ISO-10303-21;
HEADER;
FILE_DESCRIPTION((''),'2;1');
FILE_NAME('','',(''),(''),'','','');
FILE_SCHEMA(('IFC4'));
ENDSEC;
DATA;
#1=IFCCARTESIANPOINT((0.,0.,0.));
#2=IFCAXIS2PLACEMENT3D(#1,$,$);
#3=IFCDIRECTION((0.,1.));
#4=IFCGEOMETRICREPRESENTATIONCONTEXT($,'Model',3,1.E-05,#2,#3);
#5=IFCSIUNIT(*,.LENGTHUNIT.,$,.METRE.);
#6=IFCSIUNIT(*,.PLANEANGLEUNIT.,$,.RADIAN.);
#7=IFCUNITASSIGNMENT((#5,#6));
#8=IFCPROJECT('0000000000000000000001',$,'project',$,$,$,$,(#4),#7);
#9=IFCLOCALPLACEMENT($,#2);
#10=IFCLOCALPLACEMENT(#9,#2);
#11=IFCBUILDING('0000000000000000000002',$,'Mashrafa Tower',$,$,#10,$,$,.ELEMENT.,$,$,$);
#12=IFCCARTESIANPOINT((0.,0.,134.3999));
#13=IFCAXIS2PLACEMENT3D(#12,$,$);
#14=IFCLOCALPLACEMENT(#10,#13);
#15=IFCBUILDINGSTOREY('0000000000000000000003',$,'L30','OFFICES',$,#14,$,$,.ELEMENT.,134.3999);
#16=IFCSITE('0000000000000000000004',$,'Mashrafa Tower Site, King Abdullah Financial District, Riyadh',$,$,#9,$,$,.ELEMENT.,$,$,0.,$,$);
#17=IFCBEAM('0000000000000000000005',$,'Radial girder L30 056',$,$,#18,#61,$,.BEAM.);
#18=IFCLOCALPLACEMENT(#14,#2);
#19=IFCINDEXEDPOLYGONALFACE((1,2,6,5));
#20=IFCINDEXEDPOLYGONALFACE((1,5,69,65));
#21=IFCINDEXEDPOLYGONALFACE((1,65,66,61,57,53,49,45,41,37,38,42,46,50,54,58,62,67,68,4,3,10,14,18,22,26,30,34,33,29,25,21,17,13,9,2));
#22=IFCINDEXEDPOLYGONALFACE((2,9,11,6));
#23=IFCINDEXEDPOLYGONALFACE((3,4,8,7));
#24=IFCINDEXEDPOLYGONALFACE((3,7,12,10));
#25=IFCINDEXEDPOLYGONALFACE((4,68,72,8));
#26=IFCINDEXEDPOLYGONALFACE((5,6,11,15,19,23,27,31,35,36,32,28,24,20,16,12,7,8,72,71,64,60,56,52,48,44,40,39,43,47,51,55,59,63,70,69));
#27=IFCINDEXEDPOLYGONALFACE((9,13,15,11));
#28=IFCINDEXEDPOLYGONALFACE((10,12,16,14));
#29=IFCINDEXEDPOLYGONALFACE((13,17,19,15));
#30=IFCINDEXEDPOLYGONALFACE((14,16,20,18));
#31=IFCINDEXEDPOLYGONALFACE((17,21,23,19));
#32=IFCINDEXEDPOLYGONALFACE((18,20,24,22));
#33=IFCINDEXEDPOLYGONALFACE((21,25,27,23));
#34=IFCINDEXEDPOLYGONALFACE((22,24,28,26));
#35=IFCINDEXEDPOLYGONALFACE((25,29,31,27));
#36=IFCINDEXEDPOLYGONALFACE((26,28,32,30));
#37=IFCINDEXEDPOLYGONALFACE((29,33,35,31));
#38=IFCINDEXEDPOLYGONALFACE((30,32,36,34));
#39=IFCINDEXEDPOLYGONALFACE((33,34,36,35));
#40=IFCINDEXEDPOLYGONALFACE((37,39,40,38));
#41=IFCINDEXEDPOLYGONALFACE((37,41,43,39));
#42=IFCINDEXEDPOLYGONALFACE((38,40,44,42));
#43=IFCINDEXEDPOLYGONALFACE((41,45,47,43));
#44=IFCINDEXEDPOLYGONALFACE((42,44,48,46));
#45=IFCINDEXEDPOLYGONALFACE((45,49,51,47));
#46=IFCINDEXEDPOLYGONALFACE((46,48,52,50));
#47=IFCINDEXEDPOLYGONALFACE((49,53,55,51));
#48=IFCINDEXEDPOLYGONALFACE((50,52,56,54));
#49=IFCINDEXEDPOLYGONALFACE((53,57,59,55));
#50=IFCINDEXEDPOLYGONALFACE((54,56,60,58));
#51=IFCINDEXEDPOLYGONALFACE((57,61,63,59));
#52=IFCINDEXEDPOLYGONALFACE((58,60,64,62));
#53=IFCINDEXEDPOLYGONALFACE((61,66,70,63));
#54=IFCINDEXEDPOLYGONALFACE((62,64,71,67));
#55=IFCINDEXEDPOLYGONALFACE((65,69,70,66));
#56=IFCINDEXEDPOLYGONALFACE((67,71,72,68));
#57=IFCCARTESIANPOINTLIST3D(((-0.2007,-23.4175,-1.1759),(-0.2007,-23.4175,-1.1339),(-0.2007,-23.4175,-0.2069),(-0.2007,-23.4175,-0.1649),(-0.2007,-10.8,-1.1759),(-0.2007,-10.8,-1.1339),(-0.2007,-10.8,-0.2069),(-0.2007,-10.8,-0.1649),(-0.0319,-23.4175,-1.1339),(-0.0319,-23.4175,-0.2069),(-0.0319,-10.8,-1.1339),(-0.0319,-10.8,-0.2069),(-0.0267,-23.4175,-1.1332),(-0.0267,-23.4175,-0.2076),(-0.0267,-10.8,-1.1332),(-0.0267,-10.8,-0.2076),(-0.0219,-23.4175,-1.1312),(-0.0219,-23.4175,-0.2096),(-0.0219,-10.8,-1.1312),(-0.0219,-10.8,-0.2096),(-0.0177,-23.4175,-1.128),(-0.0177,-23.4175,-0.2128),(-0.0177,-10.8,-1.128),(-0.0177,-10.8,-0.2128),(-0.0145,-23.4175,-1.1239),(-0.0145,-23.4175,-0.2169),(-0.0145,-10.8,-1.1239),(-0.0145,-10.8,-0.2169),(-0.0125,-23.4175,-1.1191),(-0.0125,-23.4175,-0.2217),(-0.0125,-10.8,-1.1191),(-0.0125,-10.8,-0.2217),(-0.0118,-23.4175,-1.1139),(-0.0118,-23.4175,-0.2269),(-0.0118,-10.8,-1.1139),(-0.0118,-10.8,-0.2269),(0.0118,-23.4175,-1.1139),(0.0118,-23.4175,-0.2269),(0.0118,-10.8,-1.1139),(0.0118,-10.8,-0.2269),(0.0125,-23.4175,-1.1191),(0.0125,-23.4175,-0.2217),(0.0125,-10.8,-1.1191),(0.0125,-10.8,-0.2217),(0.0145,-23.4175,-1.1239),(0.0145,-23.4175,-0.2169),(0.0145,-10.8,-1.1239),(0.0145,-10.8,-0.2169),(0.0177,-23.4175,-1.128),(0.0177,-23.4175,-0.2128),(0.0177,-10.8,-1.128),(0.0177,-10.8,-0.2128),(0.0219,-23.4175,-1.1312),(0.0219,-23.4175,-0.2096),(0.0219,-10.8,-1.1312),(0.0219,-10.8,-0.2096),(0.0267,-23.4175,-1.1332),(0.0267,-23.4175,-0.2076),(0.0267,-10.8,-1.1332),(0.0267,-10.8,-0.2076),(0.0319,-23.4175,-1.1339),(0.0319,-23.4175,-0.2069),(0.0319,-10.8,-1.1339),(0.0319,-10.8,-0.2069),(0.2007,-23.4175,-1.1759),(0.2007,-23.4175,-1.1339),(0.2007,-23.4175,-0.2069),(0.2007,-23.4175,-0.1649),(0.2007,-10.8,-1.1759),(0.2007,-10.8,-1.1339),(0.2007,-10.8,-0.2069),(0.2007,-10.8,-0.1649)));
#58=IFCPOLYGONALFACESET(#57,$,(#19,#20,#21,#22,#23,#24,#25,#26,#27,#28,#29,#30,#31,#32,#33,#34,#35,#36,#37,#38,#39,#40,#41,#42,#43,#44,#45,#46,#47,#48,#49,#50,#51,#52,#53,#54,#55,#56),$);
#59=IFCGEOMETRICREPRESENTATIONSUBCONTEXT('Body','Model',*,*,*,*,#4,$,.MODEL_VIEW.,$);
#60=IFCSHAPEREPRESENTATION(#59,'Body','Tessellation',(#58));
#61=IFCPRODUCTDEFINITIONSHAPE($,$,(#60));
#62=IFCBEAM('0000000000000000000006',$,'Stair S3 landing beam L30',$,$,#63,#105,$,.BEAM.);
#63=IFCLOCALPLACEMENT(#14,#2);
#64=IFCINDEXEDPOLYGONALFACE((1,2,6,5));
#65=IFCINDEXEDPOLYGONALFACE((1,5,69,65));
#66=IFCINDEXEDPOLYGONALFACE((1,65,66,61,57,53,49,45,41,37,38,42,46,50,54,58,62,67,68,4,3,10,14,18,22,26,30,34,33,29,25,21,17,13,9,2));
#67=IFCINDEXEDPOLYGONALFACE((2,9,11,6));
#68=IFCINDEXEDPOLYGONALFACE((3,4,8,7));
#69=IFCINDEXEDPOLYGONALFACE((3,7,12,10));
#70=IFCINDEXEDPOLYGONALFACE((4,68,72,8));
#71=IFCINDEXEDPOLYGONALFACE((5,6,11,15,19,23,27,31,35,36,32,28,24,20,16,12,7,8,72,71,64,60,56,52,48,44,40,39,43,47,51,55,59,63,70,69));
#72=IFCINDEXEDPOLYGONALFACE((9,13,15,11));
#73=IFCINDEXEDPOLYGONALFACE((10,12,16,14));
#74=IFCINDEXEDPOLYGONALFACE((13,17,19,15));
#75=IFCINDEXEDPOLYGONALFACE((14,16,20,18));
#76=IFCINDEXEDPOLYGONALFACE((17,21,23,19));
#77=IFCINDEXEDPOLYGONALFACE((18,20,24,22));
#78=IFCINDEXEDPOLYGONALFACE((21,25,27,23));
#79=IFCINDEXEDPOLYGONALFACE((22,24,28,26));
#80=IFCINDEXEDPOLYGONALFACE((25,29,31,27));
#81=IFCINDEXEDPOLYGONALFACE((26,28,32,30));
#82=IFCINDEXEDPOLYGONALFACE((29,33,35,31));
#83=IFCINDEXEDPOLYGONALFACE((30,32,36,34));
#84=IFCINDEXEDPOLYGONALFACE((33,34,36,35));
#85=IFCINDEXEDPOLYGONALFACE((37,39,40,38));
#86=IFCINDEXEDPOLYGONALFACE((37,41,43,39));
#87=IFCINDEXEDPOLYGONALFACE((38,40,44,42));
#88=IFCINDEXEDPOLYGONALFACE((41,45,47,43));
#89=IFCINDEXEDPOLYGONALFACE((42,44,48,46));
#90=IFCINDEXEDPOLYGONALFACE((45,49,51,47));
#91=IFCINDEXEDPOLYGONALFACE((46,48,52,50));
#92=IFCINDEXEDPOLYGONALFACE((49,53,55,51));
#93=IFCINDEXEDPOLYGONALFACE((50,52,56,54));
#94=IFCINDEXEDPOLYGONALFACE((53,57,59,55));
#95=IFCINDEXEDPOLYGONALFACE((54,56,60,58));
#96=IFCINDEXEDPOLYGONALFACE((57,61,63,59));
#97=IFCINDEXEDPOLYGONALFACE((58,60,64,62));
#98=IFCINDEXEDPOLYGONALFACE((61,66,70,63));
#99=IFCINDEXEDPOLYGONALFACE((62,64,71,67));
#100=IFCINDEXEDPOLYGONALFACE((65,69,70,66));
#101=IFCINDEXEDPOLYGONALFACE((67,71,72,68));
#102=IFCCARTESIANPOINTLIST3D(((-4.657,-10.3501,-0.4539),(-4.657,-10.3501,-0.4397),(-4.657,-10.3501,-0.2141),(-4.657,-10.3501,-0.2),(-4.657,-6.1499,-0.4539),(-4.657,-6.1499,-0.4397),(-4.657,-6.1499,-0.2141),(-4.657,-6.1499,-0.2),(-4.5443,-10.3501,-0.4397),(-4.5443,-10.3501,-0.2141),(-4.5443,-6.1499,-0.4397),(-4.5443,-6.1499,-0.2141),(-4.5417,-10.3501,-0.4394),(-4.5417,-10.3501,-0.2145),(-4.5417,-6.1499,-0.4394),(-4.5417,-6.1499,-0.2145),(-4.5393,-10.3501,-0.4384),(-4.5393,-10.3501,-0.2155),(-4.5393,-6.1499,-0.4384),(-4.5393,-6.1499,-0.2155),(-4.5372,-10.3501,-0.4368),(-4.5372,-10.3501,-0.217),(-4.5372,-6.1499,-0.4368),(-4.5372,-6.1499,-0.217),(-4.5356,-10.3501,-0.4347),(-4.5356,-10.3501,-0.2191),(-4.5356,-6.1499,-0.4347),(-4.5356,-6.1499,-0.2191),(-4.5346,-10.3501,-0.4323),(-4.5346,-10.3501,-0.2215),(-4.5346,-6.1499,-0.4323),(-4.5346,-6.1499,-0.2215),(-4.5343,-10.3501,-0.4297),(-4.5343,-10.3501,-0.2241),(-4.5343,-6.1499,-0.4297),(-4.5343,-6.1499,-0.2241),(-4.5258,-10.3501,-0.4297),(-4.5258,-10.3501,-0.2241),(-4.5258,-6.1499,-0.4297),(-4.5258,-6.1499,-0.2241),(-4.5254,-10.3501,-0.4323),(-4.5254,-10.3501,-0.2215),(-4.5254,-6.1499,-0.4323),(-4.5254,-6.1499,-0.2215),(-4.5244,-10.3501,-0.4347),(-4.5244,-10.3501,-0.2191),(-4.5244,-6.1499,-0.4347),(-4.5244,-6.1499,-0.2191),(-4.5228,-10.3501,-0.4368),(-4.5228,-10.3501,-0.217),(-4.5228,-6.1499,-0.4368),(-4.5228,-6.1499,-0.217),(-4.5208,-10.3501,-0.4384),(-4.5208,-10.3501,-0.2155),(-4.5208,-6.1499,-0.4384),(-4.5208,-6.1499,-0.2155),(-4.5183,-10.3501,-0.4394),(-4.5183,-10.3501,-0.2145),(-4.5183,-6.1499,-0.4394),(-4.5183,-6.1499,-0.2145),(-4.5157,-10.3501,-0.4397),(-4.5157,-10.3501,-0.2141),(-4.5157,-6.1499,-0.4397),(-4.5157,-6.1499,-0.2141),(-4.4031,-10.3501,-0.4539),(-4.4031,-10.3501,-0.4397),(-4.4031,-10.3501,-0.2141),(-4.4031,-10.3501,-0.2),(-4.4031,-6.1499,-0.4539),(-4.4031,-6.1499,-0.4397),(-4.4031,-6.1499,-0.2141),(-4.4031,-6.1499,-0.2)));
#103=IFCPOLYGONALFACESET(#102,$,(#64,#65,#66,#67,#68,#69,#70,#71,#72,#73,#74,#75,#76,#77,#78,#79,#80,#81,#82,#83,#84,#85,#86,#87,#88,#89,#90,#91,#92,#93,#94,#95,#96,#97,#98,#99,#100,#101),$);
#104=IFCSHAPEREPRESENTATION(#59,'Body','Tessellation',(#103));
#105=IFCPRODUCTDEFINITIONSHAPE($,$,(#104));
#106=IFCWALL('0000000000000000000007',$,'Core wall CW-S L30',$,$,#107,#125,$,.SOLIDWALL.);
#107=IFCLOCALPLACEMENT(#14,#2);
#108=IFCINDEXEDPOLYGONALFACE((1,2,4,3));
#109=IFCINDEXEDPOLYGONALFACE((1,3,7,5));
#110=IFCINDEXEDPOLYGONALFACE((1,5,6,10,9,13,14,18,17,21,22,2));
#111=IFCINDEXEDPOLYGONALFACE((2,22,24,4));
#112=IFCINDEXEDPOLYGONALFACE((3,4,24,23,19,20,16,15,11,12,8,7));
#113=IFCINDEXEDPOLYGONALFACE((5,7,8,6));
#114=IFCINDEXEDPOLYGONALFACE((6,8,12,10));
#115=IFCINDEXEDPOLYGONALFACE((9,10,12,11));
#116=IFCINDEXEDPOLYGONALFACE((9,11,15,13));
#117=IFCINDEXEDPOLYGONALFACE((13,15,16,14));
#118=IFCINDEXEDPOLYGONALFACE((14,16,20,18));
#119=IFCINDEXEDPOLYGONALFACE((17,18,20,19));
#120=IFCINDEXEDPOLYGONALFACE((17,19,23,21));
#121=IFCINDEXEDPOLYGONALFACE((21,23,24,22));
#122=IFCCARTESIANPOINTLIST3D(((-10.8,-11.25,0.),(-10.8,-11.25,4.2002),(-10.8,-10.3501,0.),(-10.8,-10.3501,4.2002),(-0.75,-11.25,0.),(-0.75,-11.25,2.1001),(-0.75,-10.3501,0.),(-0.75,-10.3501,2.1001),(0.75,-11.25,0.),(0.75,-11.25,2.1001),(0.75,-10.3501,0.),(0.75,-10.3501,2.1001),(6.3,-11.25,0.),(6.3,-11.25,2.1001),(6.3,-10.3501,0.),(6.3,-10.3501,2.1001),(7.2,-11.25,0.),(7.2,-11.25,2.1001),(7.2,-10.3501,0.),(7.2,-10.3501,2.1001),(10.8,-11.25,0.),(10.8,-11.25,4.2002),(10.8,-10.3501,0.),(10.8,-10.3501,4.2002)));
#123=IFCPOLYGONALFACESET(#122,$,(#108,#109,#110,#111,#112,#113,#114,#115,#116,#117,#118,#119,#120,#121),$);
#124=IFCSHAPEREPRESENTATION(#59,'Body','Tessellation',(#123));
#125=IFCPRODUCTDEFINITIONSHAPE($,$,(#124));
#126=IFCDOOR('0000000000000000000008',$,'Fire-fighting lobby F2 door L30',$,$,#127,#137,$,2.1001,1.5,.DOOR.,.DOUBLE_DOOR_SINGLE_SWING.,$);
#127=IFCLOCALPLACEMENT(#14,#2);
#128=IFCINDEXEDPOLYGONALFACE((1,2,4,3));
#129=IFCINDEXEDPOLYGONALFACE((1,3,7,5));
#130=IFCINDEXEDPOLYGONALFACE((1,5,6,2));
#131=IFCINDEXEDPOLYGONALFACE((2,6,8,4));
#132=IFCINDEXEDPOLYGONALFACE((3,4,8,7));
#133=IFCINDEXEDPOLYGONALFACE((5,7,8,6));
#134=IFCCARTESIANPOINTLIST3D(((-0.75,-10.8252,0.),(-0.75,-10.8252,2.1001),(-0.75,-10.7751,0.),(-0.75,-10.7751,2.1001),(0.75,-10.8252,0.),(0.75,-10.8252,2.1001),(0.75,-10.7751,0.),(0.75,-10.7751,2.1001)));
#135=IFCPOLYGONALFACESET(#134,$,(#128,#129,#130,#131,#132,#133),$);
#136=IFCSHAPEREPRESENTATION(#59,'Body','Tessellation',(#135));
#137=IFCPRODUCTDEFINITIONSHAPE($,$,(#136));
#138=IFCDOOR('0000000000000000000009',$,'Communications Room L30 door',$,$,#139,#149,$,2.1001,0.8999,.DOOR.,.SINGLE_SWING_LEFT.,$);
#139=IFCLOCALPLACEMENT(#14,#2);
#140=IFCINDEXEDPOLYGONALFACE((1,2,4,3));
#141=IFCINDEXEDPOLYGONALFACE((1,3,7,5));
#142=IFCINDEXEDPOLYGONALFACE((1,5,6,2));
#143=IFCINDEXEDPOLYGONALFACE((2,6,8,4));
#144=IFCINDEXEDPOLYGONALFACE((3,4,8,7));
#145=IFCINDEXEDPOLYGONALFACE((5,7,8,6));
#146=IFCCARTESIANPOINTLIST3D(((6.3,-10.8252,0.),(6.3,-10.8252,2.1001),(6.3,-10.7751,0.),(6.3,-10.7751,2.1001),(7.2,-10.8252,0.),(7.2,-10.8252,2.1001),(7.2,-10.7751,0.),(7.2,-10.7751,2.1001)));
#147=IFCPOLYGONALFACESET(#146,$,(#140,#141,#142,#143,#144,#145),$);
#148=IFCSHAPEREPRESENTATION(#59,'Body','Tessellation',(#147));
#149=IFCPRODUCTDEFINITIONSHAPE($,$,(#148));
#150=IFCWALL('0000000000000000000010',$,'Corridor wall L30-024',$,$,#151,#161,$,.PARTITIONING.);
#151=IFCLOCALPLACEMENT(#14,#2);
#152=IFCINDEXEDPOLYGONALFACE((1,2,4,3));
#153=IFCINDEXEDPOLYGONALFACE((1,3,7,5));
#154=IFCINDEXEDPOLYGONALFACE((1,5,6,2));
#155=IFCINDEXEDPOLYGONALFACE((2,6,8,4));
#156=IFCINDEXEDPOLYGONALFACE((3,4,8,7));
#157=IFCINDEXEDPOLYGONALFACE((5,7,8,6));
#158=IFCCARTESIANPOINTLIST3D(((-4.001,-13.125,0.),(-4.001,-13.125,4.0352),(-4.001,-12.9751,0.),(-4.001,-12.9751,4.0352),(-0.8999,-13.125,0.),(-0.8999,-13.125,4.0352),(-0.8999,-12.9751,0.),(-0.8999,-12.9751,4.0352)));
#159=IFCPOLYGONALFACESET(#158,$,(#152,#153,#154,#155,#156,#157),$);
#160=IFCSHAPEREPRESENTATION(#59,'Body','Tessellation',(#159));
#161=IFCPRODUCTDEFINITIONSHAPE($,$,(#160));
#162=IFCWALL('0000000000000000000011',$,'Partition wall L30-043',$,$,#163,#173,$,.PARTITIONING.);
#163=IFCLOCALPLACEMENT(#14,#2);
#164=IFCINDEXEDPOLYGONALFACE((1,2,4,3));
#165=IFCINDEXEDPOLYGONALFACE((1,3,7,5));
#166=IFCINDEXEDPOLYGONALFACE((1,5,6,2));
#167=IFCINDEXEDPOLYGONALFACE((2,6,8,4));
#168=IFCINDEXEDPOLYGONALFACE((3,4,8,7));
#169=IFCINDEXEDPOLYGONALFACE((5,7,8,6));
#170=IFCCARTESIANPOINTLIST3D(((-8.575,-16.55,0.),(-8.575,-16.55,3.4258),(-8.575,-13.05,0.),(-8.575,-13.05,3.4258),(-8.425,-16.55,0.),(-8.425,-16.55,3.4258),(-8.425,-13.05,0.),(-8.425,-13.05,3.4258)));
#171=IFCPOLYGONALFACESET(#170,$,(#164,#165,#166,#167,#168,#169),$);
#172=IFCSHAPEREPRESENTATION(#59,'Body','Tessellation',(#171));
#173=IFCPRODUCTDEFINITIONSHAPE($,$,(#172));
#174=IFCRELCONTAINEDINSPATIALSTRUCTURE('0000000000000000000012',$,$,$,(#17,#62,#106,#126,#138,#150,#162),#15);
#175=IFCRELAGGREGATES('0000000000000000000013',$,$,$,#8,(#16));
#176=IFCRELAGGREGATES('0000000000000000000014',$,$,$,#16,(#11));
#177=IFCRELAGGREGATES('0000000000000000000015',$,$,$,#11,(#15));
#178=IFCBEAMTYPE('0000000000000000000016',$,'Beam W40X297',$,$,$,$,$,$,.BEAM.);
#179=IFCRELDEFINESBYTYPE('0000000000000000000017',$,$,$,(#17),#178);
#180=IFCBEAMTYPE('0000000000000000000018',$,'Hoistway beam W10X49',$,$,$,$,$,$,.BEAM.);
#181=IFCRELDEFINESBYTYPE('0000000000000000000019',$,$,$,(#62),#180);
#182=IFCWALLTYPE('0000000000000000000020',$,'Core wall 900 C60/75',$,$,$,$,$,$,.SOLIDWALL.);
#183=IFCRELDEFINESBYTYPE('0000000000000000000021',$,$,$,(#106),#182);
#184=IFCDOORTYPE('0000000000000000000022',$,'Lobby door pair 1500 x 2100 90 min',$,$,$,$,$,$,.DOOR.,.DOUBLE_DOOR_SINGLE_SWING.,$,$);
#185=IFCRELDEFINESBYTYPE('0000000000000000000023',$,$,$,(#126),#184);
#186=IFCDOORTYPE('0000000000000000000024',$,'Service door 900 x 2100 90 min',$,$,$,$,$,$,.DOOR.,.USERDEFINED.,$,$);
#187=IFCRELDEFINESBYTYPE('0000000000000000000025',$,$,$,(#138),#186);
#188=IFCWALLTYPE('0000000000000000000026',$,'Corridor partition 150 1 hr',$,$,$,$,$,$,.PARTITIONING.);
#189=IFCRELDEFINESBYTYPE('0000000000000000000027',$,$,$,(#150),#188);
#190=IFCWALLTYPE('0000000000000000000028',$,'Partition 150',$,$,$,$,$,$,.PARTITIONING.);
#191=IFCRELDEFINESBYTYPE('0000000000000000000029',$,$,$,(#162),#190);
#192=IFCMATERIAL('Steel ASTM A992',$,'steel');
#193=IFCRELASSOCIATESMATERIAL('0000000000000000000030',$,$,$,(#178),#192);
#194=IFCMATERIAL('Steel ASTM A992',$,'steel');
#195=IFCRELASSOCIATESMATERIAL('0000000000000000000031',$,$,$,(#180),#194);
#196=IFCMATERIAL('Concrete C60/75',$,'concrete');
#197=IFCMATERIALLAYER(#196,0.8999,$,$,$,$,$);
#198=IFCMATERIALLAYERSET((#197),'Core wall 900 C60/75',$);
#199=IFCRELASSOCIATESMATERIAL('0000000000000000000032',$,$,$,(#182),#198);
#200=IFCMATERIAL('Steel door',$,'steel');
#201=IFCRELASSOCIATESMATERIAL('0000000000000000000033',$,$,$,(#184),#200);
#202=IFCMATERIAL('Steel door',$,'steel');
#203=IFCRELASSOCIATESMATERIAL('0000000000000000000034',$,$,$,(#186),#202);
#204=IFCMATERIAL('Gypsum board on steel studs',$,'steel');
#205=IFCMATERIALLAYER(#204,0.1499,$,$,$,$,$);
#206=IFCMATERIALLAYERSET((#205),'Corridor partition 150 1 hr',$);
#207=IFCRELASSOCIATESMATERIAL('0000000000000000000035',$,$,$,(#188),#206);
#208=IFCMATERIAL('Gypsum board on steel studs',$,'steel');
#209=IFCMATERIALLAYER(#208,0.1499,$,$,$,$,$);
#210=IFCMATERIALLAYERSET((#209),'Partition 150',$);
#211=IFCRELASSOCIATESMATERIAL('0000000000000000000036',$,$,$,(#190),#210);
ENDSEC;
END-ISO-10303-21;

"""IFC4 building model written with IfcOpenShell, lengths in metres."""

from ifc_helpers import new_model, si_unit, direction, frame, frame_2d, origin, origin_2d, place, context, subcontext, project, spatial, rectangle, i_section, extrude, material, layer, layer_set, material_profile, profile_set, type_object, element, fill, save


model = new_model("IFC4")

# Units and contexts
model_context = context("Model", 3, precision=1e-05, world=origin(), true_north=direction((0.0, 1.0)))
body_context = subcontext(model_context, "Body", "Model", "MODEL_VIEW")
ifc_project = project(units=[si_unit("LENGTHUNIT", "METRE"), si_unit("PLANEANGLEUNIT", "RADIAN")], contexts=[model_context])

# Site, building, storey
site_placement = place(None, origin())
site = spatial("IfcSite", under=ifc_project, at=site_placement, Name="Mashrafa Tower Site, King Abdullah Financial District, Riyadh", CompositionType="ELEMENT", RefElevation=0.0)
building_placement = place(site_placement, origin())
building = spatial("IfcBuilding", under=site, at=building_placement, Name="Mashrafa Tower", CompositionType="ELEMENT")
storey_placement = place(building_placement, frame((0.0, 0.0, 134.3999)))
storey = spatial("IfcBuildingStorey", under=building, at=storey_placement, Name="L30", Description="OFFICES", CompositionType="ELEMENT", Elevation=134.3999)

# Beams
ifc_material_1 = material(Name="Steel ASTM A992", Category="steel")
ifc_material_profile_1 = material_profile(ifc_material_1, i_section(OverallWidth=0.4014, OverallDepth=1.011, WebThickness=0.0237, FlangeThickness=0.042, FilletRadius=0.02, at=origin_2d()), Name="W40X297")
ifc_profile_set_1 = profile_set([ifc_material_profile_1], Name="Steel ASTM A992")
beam_type_1 = type_object("IfcBeamType", Name="Beam W40X297", PredefinedType="BEAM", material=ifc_profile_set_1)
beam_1_placement = place(storey_placement, frame((0.0, -10.8, -0.6704), z_axis=(0.0, -1.0, 0.0), x_axis=(1.0, 0.0, 0.0)))
element("IfcBeam", 1, at=beam_1_placement, inside=storey, type_object=beam_type_1, Name="Radial girder L30 056", PredefinedType="BEAM", context=body_context, shape_type="SweptSolid", body=[
    extrude(i_section(OverallWidth=0.4014, OverallDepth=1.011, WebThickness=0.0237, FlangeThickness=0.042, FilletRadius=0.02, at=origin_2d()), origin(), (0.0, 0.0, 1.0), 12.6174),
])
ifc_material_2 = material(Name="Steel ASTM A992", Category="steel")
ifc_material_profile_2 = material_profile(ifc_material_2, i_section(OverallWidth=0.2539, OverallDepth=0.2539, WebThickness=0.0085, FlangeThickness=0.0142, FilletRadius=0.01, at=origin_2d()), Name="W10X49")
ifc_profile_set_2 = profile_set([ifc_material_profile_2], Name="Steel ASTM A992")
beam_type_2 = type_object("IfcBeamType", Name="Hoistway beam W10X49", PredefinedType="BEAM", material=ifc_profile_set_2)
beam_2_placement = place(storey_placement, frame((-4.53, -10.3501, -0.3269), z_axis=(0.0, 1.0, 0.0), x_axis=(-1.0, 0.0, 0.0)))
element("IfcBeam", 2, at=beam_2_placement, inside=storey, type_object=beam_type_2, Name="Stair S3 landing beam L30", PredefinedType="BEAM", context=body_context, shape_type="SweptSolid", body=[
    extrude(i_section(OverallWidth=0.2539, OverallDepth=0.2539, WebThickness=0.0085, FlangeThickness=0.0142, FilletRadius=0.01, at=origin_2d()), origin(), (0.0, 0.0, 1.0), 4.2002),
])

# Wall, openings, doors
ifc_material_3 = material(Name="Concrete C60/75", Category="concrete")
ifc_layer_1 = layer(ifc_material_3, 0.8999)
ifc_layer_set_1 = layer_set([ifc_layer_1], Name="Core wall 900 C60/75")
wall_type_1 = type_object("IfcWallType", Name="Core wall 900 C60/75", PredefinedType="SOLIDWALL", material=ifc_layer_set_1)
wall_1_placement = place(storey_placement, frame((-10.8, -10.8, 0.0), z_axis=(0.0, 0.0, 1.0), x_axis=(1.0, 0.0, 0.0)))
wall_1 = element("IfcWall", 3, at=wall_1_placement, inside=storey, type_object=wall_type_1, Name="Core wall CW-S L30", PredefinedType="SOLIDWALL", context=body_context, shape_type="SweptSolid", body=[
    extrude(rectangle(XDim=21.6001, YDim=0.8999, at=frame_2d((10.8, 0.0))), origin(), (0.0, 0.0, 1.0), 4.2002),
])
opening_1_placement = place(wall_1_placement, frame((10.05, 0.0, 0.0)))
opening_1 = element("IfcOpeningElement", 4, at=opening_1_placement, cuts=wall_1, PredefinedType="OPENING", context=body_context, shape_type="SweptSolid", body=[
    extrude(rectangle(XDim=1.5, YDim=2.1001, at=frame_2d((0.75, 1.05))), frame((0.0, 0.46, 0.0), z_axis=(0.0, -1.0, 0.0), x_axis=(1.0, 0.0, 0.0)), (0.0, 0.0, 1.0), 0.9199),
])
opening_2_placement = place(wall_1_placement, frame((17.1001, 0.0, 0.0)))
opening_2 = element("IfcOpeningElement", 5, at=opening_2_placement, cuts=wall_1, PredefinedType="OPENING", context=body_context, shape_type="SweptSolid", body=[
    extrude(rectangle(XDim=0.8999, YDim=2.1001, at=frame_2d((0.45, 1.05))), frame((0.0, 0.46, 0.0), z_axis=(0.0, -1.0, 0.0), x_axis=(1.0, 0.0, 0.0)), (0.0, 0.0, 1.0), 0.9199),
])
ifc_material_4 = material(Name="Steel door", Category="steel")
door_type_1 = type_object("IfcDoorType", Name="Lobby door pair 1500 x 2100 90 min", OperationType="DOUBLE_DOOR_SINGLE_SWING", PredefinedType="DOOR", material=ifc_material_4)
door_1_placement = place(opening_1_placement, origin())
door_1 = element("IfcDoor", 6, at=door_1_placement, inside=storey, type_object=door_type_1, Name="Fire-fighting lobby F2 door L30", OperationType="DOUBLE_DOOR_SINGLE_SWING", OverallHeight=2.1001, OverallWidth=1.5, PredefinedType="DOOR", context=body_context, shape_type="SweptSolid", body=[
    extrude(rectangle(XDim=1.5, YDim=2.1001, at=frame_2d((0.75, 1.05))), frame((0.0, 0.0249, 0.0), z_axis=(0.0, -1.0, 0.0), x_axis=(1.0, 0.0, 0.0)), (0.0, 0.0, 1.0), 0.05),
])
fill(opening_1, door_1)
ifc_material_5 = material(Name="Steel door", Category="steel")
door_type_2 = type_object("IfcDoorType", Name="Service door 900 x 2100 90 min", OperationType="USERDEFINED", PredefinedType="DOOR", material=ifc_material_5)
door_2_placement = place(opening_2_placement, origin())
door_2 = element("IfcDoor", 7, at=door_2_placement, inside=storey, type_object=door_type_2, Name="Communications Room L30 door", OperationType="SINGLE_SWING_LEFT", OverallHeight=2.1001, OverallWidth=0.8999, PredefinedType="DOOR", context=body_context, shape_type="SweptSolid", body=[
    extrude(rectangle(XDim=0.8999, YDim=2.1001, at=frame_2d((0.45, 1.05))), frame((0.0, 0.0249, 0.0), z_axis=(0.0, -1.0, 0.0), x_axis=(1.0, 0.0, 0.0)), (0.0, 0.0, 1.0), 0.05),
])
fill(opening_2, door_2)

# Wall
ifc_material_6 = material(Name="Gypsum board on steel studs", Category="steel")
ifc_layer_2 = layer(ifc_material_6, 0.1499)
ifc_layer_set_2 = layer_set([ifc_layer_2], Name="Corridor partition 150 1 hr")
wall_type_2 = type_object("IfcWallType", Name="Corridor partition 150 1 hr", PredefinedType="PARTITIONING", material=ifc_layer_set_2)
wall_2_placement = place(storey_placement, frame((-4.001, -13.05, 0.0), z_axis=(0.0, 0.0, 1.0), x_axis=(1.0, 0.0, 0.0)))
element("IfcWall", 8, at=wall_2_placement, inside=storey, type_object=wall_type_2, Name="Corridor wall L30-024", PredefinedType="PARTITIONING", context=body_context, shape_type="SweptSolid", body=[
    extrude(rectangle(XDim=3.1011, YDim=0.1499, at=frame_2d((1.5505, 0.0))), origin(), (0.0, 0.0, 1.0), 4.0352),
])

# Wall
ifc_material_7 = material(Name="Gypsum board on steel studs", Category="steel")
ifc_layer_3 = layer(ifc_material_7, 0.1499)
ifc_layer_set_3 = layer_set([ifc_layer_3], Name="Partition 150")
wall_type_3 = type_object("IfcWallType", Name="Partition 150", PredefinedType="PARTITIONING", material=ifc_layer_set_3)
wall_3_placement = place(storey_placement, frame((-8.5, -13.05, 0.0), z_axis=(0.0, 0.0, 1.0), x_axis=(0.0, -1.0, 0.0)))
element("IfcWall", 9, at=wall_3_placement, inside=storey, type_object=wall_type_3, Name="Partition wall L30-043", PredefinedType="PARTITIONING", context=body_context, shape_type="SweptSolid", body=[
    extrude(rectangle(XDim=3.5, YDim=0.1499, at=frame_2d((1.75, 0.0))), origin(), (0.0, 0.0, 1.0), 3.4258),
])

save(model, "model.ifc")
